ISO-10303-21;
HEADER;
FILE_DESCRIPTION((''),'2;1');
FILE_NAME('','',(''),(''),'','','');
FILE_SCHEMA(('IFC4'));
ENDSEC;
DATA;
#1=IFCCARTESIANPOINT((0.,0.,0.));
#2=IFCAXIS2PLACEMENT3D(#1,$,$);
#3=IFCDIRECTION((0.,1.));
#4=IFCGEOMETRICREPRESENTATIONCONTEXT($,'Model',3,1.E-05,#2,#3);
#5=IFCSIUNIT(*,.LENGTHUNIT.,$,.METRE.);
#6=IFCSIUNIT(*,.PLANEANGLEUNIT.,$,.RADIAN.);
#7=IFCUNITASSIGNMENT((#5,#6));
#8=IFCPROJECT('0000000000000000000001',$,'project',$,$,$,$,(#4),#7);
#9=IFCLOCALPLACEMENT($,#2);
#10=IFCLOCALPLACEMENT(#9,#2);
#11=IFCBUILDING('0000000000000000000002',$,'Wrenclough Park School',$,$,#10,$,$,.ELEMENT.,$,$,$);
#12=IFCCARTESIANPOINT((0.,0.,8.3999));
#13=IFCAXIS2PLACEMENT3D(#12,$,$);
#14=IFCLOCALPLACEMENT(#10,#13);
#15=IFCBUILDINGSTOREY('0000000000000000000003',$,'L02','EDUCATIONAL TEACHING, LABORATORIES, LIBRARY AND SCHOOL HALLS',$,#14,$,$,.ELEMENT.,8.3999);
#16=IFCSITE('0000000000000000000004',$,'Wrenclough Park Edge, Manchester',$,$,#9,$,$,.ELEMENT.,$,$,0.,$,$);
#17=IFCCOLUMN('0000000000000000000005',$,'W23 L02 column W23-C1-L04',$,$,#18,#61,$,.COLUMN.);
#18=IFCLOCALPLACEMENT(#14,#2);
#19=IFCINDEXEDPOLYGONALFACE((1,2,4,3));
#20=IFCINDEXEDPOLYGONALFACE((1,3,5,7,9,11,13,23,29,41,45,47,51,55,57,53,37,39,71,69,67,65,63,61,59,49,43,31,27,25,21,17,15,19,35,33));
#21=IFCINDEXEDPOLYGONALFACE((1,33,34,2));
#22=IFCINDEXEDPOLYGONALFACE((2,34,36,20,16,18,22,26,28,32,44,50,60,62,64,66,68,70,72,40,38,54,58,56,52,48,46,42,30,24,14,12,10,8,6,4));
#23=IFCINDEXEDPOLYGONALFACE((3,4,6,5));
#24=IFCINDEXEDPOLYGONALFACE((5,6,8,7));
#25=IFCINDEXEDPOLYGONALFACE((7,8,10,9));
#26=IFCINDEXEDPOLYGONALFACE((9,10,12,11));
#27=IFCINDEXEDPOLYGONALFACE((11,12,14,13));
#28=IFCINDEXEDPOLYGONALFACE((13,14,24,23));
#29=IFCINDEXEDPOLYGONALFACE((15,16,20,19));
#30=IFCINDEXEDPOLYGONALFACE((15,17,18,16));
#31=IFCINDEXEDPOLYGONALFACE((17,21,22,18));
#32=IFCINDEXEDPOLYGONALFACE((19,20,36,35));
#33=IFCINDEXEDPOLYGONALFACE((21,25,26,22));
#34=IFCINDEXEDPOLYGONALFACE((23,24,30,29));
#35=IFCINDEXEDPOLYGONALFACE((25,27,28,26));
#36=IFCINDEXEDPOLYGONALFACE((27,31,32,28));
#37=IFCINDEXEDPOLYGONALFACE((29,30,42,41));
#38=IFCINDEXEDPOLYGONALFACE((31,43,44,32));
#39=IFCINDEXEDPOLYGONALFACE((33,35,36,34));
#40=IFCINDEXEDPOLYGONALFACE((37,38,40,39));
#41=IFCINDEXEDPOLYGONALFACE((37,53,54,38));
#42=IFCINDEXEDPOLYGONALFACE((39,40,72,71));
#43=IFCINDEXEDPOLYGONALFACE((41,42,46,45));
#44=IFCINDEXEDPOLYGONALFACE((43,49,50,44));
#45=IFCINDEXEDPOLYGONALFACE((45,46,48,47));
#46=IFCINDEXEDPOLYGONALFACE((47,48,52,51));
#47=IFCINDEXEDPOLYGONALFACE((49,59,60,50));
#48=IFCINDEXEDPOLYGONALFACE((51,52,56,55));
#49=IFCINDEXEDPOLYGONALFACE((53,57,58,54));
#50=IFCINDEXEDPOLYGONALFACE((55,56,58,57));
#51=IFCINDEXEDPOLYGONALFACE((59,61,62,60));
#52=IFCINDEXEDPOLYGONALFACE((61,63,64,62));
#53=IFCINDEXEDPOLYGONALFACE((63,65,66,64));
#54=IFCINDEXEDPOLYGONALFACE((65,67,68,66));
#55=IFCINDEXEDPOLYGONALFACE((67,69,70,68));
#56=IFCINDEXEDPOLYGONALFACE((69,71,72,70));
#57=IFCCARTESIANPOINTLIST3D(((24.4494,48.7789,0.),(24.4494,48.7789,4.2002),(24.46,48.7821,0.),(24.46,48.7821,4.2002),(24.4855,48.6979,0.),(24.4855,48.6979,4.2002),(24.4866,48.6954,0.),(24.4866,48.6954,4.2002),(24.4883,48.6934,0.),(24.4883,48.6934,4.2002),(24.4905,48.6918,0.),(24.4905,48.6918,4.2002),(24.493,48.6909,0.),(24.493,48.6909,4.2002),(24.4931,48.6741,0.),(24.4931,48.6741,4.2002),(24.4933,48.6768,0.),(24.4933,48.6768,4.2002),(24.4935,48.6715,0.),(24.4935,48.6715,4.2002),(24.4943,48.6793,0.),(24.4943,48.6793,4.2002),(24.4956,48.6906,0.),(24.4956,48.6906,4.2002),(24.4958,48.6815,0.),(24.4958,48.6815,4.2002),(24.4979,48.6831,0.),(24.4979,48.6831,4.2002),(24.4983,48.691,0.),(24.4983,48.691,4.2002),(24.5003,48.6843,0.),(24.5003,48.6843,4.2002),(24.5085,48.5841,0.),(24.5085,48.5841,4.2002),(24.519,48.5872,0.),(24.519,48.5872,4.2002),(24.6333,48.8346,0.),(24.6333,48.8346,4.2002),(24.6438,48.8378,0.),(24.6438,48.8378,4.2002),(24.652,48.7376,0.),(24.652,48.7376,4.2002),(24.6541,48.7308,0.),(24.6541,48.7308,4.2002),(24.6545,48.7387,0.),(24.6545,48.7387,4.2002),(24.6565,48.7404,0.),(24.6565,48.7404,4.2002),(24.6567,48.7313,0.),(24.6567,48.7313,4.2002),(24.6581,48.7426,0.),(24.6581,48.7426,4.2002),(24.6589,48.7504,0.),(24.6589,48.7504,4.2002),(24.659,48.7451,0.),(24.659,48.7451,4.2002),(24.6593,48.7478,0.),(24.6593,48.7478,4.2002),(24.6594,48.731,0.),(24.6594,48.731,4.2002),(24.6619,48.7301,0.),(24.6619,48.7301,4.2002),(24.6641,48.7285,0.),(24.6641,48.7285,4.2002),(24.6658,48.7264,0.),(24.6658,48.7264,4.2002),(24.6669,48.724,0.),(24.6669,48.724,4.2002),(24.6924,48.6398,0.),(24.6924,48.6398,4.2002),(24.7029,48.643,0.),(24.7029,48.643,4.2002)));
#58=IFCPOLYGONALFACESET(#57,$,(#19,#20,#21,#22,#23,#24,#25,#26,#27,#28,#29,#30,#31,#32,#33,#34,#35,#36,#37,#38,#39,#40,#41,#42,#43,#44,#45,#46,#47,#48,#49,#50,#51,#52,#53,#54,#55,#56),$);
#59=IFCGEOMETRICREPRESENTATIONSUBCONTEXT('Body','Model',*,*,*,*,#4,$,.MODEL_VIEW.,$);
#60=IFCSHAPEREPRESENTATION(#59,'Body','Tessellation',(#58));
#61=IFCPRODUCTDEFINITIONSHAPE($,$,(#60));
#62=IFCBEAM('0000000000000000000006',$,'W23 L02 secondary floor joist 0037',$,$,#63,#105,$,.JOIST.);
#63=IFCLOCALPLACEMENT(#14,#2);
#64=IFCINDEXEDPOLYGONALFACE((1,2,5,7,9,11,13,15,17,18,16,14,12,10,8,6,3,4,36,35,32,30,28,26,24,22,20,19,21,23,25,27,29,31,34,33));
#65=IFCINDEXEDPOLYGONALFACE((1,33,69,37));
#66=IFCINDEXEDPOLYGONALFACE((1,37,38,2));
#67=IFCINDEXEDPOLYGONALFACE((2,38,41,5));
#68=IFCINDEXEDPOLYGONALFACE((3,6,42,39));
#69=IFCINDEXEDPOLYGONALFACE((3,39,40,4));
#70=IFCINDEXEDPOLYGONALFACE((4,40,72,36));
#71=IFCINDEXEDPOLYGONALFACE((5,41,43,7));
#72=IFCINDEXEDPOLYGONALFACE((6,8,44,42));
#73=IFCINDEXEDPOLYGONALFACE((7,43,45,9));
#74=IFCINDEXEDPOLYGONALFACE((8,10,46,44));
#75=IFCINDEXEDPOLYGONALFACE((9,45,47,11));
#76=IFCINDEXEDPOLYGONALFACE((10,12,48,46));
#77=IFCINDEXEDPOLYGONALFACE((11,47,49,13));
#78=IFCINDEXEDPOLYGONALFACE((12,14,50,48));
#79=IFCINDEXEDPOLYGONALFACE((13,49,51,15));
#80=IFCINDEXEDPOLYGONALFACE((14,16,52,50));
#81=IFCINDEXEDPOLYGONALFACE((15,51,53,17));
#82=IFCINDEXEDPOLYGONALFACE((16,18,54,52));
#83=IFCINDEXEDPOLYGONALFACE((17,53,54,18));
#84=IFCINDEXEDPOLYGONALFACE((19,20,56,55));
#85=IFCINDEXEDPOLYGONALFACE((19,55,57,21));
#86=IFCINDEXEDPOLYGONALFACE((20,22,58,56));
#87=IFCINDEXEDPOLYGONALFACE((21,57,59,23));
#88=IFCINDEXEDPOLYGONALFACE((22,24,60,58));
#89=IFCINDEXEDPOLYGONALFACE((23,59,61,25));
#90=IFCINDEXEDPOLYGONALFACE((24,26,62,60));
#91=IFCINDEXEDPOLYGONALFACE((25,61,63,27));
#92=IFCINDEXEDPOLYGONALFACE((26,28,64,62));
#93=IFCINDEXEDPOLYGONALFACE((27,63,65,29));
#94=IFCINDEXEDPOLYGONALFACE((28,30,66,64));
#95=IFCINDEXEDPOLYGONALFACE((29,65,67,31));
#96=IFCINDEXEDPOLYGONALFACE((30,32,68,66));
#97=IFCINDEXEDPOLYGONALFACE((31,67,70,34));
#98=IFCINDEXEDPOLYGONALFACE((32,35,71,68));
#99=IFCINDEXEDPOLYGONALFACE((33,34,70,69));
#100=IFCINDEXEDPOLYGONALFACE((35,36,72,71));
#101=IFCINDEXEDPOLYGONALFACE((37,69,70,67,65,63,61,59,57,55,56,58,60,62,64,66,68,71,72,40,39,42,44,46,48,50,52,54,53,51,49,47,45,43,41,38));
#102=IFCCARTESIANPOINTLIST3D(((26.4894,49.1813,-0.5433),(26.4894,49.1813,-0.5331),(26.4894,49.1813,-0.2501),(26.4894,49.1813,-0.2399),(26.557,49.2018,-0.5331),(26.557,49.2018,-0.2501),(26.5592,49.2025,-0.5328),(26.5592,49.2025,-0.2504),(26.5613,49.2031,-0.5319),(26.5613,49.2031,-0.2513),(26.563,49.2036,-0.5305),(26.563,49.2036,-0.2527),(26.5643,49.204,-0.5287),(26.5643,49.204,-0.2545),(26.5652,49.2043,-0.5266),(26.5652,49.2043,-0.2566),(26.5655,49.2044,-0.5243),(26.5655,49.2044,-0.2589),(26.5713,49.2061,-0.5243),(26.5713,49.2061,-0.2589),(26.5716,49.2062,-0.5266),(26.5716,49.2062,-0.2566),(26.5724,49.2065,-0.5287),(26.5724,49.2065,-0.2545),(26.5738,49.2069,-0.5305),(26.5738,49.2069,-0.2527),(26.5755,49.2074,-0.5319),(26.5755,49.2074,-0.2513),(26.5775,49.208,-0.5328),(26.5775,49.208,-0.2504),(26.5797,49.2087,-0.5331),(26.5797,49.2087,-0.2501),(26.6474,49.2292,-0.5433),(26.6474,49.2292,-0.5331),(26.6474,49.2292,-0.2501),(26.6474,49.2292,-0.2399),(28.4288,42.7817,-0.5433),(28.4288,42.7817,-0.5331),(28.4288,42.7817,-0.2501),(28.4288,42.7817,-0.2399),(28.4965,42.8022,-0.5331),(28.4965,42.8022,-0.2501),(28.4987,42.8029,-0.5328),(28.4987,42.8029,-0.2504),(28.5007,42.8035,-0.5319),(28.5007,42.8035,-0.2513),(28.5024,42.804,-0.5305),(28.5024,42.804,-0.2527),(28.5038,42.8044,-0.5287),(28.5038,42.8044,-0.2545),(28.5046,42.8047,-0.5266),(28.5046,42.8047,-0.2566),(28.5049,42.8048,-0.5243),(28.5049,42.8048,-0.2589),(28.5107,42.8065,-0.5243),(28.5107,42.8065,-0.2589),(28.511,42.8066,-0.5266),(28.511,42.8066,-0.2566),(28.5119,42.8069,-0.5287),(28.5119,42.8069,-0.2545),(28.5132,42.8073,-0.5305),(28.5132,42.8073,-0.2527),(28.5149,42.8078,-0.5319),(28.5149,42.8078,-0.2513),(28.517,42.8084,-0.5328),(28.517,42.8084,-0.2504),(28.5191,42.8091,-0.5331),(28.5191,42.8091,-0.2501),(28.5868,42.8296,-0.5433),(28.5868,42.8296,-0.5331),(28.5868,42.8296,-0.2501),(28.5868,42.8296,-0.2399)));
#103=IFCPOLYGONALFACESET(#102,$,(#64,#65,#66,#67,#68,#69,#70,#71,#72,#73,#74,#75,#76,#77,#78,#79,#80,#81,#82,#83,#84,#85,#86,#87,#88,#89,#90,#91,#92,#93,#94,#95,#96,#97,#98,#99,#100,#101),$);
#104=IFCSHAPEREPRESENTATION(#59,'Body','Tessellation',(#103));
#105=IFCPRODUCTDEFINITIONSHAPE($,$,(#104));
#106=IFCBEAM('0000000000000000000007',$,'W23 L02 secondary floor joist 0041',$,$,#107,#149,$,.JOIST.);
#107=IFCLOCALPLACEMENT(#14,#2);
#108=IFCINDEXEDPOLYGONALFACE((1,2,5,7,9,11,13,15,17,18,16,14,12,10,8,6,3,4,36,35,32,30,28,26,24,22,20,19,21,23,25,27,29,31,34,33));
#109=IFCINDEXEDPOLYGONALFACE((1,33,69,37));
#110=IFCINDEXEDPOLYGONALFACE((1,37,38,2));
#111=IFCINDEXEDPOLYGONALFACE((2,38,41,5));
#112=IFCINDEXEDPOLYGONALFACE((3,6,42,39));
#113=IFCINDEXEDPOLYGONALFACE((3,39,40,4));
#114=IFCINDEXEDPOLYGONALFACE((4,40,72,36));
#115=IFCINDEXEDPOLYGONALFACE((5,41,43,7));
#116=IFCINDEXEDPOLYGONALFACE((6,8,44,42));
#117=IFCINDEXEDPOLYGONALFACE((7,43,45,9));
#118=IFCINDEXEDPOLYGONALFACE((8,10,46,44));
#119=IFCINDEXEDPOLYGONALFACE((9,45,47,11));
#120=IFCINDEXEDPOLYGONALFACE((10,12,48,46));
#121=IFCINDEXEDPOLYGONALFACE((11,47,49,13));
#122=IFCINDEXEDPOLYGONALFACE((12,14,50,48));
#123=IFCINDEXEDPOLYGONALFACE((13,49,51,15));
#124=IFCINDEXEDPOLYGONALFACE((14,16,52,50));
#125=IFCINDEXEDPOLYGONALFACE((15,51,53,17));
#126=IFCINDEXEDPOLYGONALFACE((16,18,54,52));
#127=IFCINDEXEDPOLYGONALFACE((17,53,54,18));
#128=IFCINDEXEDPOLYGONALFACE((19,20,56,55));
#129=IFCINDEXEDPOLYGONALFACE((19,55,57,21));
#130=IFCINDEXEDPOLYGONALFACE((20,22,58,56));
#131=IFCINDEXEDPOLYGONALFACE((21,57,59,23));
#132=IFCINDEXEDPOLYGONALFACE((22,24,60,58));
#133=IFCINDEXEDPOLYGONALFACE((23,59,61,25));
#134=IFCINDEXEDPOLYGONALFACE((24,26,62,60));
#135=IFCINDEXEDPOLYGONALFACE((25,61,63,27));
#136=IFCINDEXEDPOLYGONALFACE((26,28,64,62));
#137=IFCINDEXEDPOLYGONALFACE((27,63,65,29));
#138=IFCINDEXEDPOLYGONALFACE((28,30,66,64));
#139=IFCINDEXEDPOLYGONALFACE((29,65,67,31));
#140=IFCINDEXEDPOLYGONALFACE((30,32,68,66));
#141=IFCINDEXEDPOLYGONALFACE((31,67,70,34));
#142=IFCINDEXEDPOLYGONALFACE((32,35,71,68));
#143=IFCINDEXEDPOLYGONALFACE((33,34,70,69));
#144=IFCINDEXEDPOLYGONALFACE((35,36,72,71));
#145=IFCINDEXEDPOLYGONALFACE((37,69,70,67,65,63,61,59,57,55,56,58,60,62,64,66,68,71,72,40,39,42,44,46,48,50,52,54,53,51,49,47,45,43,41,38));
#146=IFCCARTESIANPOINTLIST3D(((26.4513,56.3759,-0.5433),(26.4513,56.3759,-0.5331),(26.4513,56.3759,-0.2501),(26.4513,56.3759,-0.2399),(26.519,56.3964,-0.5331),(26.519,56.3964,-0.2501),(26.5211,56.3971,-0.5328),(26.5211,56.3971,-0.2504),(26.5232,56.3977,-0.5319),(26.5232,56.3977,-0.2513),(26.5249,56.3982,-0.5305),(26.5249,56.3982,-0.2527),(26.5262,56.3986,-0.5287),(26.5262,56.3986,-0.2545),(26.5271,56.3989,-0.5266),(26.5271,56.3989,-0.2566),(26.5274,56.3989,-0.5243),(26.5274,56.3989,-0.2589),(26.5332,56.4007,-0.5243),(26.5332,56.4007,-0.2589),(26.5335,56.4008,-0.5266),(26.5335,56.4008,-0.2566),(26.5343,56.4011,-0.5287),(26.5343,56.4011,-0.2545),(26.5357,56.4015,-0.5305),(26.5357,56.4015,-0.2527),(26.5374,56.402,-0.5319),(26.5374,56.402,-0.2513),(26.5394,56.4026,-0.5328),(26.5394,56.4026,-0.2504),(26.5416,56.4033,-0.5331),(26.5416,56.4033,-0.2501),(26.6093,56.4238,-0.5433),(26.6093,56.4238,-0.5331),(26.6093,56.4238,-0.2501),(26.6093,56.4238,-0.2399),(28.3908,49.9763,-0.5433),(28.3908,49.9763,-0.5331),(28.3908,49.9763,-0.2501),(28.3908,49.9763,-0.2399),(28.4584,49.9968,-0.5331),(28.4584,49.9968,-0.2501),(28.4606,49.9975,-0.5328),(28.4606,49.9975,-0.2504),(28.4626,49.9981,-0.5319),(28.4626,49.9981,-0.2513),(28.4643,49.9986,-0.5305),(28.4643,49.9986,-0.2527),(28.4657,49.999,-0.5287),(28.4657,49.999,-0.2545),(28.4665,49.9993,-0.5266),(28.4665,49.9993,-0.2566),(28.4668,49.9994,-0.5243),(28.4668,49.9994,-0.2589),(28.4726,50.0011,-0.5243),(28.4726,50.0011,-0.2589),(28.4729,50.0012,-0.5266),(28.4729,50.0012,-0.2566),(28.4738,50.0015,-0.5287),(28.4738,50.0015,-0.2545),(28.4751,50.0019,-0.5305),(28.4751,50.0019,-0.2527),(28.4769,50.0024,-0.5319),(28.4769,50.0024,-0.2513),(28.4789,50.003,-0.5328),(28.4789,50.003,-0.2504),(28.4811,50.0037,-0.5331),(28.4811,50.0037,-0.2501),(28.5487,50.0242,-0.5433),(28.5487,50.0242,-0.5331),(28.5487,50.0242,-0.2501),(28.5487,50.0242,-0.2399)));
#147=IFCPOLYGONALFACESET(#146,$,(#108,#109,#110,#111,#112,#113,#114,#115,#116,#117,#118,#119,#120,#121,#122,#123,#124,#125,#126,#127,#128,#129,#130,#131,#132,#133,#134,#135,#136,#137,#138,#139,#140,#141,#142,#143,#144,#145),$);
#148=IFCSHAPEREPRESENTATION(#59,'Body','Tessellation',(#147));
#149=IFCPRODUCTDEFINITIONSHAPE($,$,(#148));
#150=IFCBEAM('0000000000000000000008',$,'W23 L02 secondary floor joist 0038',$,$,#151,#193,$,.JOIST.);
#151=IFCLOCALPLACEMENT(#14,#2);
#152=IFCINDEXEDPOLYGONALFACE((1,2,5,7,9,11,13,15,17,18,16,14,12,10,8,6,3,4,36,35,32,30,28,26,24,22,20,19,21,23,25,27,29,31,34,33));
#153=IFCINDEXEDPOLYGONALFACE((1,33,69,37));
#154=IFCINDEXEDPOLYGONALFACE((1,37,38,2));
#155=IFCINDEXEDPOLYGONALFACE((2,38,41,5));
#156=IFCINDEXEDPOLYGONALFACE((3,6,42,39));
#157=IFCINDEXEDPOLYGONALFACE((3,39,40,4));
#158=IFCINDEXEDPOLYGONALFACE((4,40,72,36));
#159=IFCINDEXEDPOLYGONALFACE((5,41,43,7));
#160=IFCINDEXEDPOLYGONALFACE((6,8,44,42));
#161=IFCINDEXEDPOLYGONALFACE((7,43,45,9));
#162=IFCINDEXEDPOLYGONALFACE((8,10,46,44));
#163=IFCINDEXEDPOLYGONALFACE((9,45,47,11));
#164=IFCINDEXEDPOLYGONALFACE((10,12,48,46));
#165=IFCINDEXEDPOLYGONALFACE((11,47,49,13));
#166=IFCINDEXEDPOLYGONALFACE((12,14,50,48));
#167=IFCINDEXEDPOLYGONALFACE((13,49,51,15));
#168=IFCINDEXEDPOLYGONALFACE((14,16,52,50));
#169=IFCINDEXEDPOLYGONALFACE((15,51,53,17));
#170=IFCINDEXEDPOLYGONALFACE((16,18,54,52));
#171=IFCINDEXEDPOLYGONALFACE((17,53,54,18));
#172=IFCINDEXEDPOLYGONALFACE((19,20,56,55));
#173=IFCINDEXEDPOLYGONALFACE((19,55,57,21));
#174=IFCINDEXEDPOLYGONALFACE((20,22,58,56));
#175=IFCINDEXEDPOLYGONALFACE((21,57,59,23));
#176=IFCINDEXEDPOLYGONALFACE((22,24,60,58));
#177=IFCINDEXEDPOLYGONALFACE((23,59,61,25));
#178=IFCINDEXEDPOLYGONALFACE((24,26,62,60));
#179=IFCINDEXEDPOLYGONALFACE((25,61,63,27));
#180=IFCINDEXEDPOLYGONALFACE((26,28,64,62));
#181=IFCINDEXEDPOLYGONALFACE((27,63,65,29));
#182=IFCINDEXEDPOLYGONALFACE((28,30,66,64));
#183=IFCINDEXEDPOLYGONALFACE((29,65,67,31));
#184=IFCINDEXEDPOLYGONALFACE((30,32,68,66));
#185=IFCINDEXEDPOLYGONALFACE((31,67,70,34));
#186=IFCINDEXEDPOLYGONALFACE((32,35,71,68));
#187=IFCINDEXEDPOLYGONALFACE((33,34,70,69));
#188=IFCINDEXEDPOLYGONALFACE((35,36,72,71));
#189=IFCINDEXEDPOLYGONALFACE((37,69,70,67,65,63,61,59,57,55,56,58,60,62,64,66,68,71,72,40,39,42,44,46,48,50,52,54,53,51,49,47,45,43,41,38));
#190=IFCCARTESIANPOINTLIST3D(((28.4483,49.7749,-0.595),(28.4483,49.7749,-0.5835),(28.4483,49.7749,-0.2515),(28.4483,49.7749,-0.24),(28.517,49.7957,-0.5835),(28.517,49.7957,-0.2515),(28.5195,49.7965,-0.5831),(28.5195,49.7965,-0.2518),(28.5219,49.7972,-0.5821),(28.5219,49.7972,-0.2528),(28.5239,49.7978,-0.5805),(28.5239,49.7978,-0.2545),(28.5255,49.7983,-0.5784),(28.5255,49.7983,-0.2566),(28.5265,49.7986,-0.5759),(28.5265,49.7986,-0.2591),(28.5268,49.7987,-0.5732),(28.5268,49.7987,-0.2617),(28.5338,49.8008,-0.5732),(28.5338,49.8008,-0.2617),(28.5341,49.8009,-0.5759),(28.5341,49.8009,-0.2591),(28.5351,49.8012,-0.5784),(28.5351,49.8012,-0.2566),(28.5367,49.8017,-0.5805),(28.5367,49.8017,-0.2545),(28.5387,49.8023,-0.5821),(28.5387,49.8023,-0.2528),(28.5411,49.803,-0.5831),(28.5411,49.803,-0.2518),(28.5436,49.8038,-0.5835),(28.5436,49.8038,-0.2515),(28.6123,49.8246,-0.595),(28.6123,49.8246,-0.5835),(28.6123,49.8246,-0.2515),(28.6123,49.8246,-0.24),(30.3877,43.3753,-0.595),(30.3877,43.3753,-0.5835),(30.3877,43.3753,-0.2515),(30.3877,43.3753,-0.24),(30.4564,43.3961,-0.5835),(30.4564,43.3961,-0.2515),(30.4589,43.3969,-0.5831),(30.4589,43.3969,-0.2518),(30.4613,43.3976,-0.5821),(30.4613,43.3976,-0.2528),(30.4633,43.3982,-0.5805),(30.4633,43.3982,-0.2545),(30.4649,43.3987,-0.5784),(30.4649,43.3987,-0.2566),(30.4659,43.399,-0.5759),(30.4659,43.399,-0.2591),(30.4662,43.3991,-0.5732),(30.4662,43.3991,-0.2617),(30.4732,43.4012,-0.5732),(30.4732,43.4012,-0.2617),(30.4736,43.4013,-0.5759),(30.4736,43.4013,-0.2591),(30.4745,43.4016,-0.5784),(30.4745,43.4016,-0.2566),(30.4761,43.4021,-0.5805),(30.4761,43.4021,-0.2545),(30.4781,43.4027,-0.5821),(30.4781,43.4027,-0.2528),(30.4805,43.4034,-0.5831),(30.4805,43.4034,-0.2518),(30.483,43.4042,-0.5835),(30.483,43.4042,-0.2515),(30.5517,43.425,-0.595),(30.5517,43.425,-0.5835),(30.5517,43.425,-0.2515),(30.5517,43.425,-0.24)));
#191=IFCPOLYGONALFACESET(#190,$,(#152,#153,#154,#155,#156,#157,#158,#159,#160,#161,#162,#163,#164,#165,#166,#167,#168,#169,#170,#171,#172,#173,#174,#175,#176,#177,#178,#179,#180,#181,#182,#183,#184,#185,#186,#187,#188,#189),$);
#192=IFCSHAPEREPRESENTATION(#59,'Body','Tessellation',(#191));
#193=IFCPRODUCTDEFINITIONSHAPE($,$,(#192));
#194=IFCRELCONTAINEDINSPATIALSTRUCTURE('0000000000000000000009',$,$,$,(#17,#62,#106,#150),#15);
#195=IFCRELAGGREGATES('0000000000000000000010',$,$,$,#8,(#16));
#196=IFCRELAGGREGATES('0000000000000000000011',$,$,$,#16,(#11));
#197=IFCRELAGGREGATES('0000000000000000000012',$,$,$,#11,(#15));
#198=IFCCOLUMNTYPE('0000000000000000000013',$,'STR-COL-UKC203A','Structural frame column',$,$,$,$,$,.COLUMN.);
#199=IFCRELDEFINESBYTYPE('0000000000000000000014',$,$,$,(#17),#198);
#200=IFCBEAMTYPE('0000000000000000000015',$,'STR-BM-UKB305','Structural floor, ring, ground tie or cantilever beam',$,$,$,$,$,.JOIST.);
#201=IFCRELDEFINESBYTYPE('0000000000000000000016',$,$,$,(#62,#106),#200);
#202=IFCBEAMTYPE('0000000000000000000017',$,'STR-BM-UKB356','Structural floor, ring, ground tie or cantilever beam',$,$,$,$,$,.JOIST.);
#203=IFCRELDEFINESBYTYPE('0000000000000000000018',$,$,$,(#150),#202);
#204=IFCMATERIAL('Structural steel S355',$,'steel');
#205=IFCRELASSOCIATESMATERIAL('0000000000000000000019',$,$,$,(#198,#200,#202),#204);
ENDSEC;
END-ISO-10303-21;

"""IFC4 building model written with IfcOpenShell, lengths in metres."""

from ifc_helpers import new_model, si_unit, direction, frame, origin, origin_2d, place, context, subcontext, project, spatial, i_section, extrude, material, material_profile, profile_set, type_object, element, save


model = new_model("IFC4")

# Units and contexts
model_context = context("Model", 3, precision=1e-05, world=origin(), true_north=direction((0.0, 1.0)))
body_context = subcontext(model_context, "Body", "Model", "MODEL_VIEW")
ifc_project = project(units=[si_unit("LENGTHUNIT", "METRE"), si_unit("PLANEANGLEUNIT", "RADIAN")], contexts=[model_context])

# Site, building, storey
site_placement = place(None, origin())
site = spatial("IfcSite", under=ifc_project, at=site_placement, Name="Wrenclough Park Edge, Manchester", CompositionType="ELEMENT", RefElevation=0.0)
building_placement = place(site_placement, origin())
building = spatial("IfcBuilding", under=site, at=building_placement, Name="Wrenclough Park School", CompositionType="ELEMENT")
storey_placement = place(building_placement, frame((0.0, 0.0, 8.3999)))
storey = spatial("IfcBuildingStorey", under=building, at=storey_placement, Name="L02", Description="EDUCATIONAL TEACHING, LABORATORIES, LIBRARY AND SCHOOL HALLS", CompositionType="ELEMENT", Elevation=8.3999)

# Column
ifc_material_1 = material(Name="Structural steel S355", Category="steel")
ifc_material_profile_1 = material_profile(ifc_material_1, i_section(OverallWidth=0.2036, OverallDepth=0.2031, WebThickness=0.0071, FlangeThickness=0.011, FilletRadius=0.0103, at=origin_2d()), Name="UKC 203x203x46")
ifc_profile_set_1 = profile_set([ifc_material_profile_1], Name="Structural steel S355")
column_type = type_object("IfcColumnType", Name="STR-COL-UKC203A", Description="Structural frame column", PredefinedType="COLUMN", material=ifc_profile_set_1)
column_placement = place(storey_placement, frame((24.5762, 48.7109, 0.0), z_axis=(0.0, 0.0, 1.0), x_axis=(-0.290034, 0.957016, 0.0)))
element("IfcColumn", 1, at=column_placement, inside=storey, type_object=column_type, Name="W23 L02 column W23-C1-L04", PredefinedType="COLUMN", context=body_context, shape_type="SweptSolid", body=[
    extrude(i_section(OverallWidth=0.2036, OverallDepth=0.2031, WebThickness=0.0071, FlangeThickness=0.011, FilletRadius=0.0103, at=origin_2d()), origin(), (0.0, 0.0, 1.0), 4.2002),
])

# Beams
ifc_material_profile_2 = material_profile(ifc_material_1, i_section(OverallWidth=0.165, OverallDepth=0.3035, WebThickness=0.0061, FlangeThickness=0.0103, FilletRadius=0.0088, at=origin_2d()), Name="UKB 305x165x40")
ifc_profile_set_2 = profile_set([ifc_material_profile_2], Name="Structural steel S355")
beam_type_1 = type_object("IfcBeamType", Name="STR-BM-UKB305", Description="Structural floor, ring, ground tie or cantilever beam", PredefinedType="JOIST", material=ifc_profile_set_2)
for number, where, z_axis, x_axis, name in (
    (2, (28.5078, 42.8057, -0.3916), (-0.29003, 0.957018, 0.0), (-0.957018, -0.29003, 0.0), "W23 L02 secondary floor joist 0037"),
    (3, (28.4697, 50.0002, -0.3916), (-0.29003, 0.957018, 0.0), (-0.957018, -0.29003, 0.0), "W23 L02 secondary floor joist 0041"),
):
    element("IfcBeam", number, at=place(storey_placement, frame(where, z_axis=z_axis, x_axis=x_axis)), inside=storey, type_object=beam_type_1, Name=name, PredefinedType="JOIST", context=body_context, shape_type="SweptSolid", body=[
        extrude(i_section(OverallWidth=0.165, OverallDepth=0.3035, WebThickness=0.0061, FlangeThickness=0.0103, FilletRadius=0.0088, at=origin_2d()), origin(), (0.0, 0.0, 1.0), 6.687),
    ])
ifc_material_profile_3 = material_profile(ifc_material_1, i_section(OverallWidth=0.1714, OverallDepth=0.355, WebThickness=0.0073, FlangeThickness=0.0115, FilletRadius=0.0103, at=origin_2d()), Name="UKB 356x171x51")
ifc_profile_set_3 = profile_set([ifc_material_profile_3], Name="Structural steel S355")
beam_type_2 = type_object("IfcBeamType", Name="STR-BM-UKB356", Description="Structural floor, ring, ground tie or cantilever beam", PredefinedType="JOIST", material=ifc_profile_set_3)
for number, where, z_axis, x_axis, name in (
    (4, (30.4697, 43.4001, -0.4175), (-0.29003, 0.957018, 0.0), (-0.957018, -0.29003, 0.0), "W23 L02 secondary floor joist 0038"),
):
    element("IfcBeam", number, at=place(storey_placement, frame(where, z_axis=z_axis, x_axis=x_axis)), inside=storey, type_object=beam_type_2, Name=name, PredefinedType="JOIST", context=body_context, shape_type="SweptSolid", body=[
        extrude(i_section(OverallWidth=0.1714, OverallDepth=0.355, WebThickness=0.0073, FlangeThickness=0.0115, FilletRadius=0.0103, at=origin_2d()), origin(), (0.0, 0.0, 1.0), 6.687),
    ])

save(model, "model.ifc")
